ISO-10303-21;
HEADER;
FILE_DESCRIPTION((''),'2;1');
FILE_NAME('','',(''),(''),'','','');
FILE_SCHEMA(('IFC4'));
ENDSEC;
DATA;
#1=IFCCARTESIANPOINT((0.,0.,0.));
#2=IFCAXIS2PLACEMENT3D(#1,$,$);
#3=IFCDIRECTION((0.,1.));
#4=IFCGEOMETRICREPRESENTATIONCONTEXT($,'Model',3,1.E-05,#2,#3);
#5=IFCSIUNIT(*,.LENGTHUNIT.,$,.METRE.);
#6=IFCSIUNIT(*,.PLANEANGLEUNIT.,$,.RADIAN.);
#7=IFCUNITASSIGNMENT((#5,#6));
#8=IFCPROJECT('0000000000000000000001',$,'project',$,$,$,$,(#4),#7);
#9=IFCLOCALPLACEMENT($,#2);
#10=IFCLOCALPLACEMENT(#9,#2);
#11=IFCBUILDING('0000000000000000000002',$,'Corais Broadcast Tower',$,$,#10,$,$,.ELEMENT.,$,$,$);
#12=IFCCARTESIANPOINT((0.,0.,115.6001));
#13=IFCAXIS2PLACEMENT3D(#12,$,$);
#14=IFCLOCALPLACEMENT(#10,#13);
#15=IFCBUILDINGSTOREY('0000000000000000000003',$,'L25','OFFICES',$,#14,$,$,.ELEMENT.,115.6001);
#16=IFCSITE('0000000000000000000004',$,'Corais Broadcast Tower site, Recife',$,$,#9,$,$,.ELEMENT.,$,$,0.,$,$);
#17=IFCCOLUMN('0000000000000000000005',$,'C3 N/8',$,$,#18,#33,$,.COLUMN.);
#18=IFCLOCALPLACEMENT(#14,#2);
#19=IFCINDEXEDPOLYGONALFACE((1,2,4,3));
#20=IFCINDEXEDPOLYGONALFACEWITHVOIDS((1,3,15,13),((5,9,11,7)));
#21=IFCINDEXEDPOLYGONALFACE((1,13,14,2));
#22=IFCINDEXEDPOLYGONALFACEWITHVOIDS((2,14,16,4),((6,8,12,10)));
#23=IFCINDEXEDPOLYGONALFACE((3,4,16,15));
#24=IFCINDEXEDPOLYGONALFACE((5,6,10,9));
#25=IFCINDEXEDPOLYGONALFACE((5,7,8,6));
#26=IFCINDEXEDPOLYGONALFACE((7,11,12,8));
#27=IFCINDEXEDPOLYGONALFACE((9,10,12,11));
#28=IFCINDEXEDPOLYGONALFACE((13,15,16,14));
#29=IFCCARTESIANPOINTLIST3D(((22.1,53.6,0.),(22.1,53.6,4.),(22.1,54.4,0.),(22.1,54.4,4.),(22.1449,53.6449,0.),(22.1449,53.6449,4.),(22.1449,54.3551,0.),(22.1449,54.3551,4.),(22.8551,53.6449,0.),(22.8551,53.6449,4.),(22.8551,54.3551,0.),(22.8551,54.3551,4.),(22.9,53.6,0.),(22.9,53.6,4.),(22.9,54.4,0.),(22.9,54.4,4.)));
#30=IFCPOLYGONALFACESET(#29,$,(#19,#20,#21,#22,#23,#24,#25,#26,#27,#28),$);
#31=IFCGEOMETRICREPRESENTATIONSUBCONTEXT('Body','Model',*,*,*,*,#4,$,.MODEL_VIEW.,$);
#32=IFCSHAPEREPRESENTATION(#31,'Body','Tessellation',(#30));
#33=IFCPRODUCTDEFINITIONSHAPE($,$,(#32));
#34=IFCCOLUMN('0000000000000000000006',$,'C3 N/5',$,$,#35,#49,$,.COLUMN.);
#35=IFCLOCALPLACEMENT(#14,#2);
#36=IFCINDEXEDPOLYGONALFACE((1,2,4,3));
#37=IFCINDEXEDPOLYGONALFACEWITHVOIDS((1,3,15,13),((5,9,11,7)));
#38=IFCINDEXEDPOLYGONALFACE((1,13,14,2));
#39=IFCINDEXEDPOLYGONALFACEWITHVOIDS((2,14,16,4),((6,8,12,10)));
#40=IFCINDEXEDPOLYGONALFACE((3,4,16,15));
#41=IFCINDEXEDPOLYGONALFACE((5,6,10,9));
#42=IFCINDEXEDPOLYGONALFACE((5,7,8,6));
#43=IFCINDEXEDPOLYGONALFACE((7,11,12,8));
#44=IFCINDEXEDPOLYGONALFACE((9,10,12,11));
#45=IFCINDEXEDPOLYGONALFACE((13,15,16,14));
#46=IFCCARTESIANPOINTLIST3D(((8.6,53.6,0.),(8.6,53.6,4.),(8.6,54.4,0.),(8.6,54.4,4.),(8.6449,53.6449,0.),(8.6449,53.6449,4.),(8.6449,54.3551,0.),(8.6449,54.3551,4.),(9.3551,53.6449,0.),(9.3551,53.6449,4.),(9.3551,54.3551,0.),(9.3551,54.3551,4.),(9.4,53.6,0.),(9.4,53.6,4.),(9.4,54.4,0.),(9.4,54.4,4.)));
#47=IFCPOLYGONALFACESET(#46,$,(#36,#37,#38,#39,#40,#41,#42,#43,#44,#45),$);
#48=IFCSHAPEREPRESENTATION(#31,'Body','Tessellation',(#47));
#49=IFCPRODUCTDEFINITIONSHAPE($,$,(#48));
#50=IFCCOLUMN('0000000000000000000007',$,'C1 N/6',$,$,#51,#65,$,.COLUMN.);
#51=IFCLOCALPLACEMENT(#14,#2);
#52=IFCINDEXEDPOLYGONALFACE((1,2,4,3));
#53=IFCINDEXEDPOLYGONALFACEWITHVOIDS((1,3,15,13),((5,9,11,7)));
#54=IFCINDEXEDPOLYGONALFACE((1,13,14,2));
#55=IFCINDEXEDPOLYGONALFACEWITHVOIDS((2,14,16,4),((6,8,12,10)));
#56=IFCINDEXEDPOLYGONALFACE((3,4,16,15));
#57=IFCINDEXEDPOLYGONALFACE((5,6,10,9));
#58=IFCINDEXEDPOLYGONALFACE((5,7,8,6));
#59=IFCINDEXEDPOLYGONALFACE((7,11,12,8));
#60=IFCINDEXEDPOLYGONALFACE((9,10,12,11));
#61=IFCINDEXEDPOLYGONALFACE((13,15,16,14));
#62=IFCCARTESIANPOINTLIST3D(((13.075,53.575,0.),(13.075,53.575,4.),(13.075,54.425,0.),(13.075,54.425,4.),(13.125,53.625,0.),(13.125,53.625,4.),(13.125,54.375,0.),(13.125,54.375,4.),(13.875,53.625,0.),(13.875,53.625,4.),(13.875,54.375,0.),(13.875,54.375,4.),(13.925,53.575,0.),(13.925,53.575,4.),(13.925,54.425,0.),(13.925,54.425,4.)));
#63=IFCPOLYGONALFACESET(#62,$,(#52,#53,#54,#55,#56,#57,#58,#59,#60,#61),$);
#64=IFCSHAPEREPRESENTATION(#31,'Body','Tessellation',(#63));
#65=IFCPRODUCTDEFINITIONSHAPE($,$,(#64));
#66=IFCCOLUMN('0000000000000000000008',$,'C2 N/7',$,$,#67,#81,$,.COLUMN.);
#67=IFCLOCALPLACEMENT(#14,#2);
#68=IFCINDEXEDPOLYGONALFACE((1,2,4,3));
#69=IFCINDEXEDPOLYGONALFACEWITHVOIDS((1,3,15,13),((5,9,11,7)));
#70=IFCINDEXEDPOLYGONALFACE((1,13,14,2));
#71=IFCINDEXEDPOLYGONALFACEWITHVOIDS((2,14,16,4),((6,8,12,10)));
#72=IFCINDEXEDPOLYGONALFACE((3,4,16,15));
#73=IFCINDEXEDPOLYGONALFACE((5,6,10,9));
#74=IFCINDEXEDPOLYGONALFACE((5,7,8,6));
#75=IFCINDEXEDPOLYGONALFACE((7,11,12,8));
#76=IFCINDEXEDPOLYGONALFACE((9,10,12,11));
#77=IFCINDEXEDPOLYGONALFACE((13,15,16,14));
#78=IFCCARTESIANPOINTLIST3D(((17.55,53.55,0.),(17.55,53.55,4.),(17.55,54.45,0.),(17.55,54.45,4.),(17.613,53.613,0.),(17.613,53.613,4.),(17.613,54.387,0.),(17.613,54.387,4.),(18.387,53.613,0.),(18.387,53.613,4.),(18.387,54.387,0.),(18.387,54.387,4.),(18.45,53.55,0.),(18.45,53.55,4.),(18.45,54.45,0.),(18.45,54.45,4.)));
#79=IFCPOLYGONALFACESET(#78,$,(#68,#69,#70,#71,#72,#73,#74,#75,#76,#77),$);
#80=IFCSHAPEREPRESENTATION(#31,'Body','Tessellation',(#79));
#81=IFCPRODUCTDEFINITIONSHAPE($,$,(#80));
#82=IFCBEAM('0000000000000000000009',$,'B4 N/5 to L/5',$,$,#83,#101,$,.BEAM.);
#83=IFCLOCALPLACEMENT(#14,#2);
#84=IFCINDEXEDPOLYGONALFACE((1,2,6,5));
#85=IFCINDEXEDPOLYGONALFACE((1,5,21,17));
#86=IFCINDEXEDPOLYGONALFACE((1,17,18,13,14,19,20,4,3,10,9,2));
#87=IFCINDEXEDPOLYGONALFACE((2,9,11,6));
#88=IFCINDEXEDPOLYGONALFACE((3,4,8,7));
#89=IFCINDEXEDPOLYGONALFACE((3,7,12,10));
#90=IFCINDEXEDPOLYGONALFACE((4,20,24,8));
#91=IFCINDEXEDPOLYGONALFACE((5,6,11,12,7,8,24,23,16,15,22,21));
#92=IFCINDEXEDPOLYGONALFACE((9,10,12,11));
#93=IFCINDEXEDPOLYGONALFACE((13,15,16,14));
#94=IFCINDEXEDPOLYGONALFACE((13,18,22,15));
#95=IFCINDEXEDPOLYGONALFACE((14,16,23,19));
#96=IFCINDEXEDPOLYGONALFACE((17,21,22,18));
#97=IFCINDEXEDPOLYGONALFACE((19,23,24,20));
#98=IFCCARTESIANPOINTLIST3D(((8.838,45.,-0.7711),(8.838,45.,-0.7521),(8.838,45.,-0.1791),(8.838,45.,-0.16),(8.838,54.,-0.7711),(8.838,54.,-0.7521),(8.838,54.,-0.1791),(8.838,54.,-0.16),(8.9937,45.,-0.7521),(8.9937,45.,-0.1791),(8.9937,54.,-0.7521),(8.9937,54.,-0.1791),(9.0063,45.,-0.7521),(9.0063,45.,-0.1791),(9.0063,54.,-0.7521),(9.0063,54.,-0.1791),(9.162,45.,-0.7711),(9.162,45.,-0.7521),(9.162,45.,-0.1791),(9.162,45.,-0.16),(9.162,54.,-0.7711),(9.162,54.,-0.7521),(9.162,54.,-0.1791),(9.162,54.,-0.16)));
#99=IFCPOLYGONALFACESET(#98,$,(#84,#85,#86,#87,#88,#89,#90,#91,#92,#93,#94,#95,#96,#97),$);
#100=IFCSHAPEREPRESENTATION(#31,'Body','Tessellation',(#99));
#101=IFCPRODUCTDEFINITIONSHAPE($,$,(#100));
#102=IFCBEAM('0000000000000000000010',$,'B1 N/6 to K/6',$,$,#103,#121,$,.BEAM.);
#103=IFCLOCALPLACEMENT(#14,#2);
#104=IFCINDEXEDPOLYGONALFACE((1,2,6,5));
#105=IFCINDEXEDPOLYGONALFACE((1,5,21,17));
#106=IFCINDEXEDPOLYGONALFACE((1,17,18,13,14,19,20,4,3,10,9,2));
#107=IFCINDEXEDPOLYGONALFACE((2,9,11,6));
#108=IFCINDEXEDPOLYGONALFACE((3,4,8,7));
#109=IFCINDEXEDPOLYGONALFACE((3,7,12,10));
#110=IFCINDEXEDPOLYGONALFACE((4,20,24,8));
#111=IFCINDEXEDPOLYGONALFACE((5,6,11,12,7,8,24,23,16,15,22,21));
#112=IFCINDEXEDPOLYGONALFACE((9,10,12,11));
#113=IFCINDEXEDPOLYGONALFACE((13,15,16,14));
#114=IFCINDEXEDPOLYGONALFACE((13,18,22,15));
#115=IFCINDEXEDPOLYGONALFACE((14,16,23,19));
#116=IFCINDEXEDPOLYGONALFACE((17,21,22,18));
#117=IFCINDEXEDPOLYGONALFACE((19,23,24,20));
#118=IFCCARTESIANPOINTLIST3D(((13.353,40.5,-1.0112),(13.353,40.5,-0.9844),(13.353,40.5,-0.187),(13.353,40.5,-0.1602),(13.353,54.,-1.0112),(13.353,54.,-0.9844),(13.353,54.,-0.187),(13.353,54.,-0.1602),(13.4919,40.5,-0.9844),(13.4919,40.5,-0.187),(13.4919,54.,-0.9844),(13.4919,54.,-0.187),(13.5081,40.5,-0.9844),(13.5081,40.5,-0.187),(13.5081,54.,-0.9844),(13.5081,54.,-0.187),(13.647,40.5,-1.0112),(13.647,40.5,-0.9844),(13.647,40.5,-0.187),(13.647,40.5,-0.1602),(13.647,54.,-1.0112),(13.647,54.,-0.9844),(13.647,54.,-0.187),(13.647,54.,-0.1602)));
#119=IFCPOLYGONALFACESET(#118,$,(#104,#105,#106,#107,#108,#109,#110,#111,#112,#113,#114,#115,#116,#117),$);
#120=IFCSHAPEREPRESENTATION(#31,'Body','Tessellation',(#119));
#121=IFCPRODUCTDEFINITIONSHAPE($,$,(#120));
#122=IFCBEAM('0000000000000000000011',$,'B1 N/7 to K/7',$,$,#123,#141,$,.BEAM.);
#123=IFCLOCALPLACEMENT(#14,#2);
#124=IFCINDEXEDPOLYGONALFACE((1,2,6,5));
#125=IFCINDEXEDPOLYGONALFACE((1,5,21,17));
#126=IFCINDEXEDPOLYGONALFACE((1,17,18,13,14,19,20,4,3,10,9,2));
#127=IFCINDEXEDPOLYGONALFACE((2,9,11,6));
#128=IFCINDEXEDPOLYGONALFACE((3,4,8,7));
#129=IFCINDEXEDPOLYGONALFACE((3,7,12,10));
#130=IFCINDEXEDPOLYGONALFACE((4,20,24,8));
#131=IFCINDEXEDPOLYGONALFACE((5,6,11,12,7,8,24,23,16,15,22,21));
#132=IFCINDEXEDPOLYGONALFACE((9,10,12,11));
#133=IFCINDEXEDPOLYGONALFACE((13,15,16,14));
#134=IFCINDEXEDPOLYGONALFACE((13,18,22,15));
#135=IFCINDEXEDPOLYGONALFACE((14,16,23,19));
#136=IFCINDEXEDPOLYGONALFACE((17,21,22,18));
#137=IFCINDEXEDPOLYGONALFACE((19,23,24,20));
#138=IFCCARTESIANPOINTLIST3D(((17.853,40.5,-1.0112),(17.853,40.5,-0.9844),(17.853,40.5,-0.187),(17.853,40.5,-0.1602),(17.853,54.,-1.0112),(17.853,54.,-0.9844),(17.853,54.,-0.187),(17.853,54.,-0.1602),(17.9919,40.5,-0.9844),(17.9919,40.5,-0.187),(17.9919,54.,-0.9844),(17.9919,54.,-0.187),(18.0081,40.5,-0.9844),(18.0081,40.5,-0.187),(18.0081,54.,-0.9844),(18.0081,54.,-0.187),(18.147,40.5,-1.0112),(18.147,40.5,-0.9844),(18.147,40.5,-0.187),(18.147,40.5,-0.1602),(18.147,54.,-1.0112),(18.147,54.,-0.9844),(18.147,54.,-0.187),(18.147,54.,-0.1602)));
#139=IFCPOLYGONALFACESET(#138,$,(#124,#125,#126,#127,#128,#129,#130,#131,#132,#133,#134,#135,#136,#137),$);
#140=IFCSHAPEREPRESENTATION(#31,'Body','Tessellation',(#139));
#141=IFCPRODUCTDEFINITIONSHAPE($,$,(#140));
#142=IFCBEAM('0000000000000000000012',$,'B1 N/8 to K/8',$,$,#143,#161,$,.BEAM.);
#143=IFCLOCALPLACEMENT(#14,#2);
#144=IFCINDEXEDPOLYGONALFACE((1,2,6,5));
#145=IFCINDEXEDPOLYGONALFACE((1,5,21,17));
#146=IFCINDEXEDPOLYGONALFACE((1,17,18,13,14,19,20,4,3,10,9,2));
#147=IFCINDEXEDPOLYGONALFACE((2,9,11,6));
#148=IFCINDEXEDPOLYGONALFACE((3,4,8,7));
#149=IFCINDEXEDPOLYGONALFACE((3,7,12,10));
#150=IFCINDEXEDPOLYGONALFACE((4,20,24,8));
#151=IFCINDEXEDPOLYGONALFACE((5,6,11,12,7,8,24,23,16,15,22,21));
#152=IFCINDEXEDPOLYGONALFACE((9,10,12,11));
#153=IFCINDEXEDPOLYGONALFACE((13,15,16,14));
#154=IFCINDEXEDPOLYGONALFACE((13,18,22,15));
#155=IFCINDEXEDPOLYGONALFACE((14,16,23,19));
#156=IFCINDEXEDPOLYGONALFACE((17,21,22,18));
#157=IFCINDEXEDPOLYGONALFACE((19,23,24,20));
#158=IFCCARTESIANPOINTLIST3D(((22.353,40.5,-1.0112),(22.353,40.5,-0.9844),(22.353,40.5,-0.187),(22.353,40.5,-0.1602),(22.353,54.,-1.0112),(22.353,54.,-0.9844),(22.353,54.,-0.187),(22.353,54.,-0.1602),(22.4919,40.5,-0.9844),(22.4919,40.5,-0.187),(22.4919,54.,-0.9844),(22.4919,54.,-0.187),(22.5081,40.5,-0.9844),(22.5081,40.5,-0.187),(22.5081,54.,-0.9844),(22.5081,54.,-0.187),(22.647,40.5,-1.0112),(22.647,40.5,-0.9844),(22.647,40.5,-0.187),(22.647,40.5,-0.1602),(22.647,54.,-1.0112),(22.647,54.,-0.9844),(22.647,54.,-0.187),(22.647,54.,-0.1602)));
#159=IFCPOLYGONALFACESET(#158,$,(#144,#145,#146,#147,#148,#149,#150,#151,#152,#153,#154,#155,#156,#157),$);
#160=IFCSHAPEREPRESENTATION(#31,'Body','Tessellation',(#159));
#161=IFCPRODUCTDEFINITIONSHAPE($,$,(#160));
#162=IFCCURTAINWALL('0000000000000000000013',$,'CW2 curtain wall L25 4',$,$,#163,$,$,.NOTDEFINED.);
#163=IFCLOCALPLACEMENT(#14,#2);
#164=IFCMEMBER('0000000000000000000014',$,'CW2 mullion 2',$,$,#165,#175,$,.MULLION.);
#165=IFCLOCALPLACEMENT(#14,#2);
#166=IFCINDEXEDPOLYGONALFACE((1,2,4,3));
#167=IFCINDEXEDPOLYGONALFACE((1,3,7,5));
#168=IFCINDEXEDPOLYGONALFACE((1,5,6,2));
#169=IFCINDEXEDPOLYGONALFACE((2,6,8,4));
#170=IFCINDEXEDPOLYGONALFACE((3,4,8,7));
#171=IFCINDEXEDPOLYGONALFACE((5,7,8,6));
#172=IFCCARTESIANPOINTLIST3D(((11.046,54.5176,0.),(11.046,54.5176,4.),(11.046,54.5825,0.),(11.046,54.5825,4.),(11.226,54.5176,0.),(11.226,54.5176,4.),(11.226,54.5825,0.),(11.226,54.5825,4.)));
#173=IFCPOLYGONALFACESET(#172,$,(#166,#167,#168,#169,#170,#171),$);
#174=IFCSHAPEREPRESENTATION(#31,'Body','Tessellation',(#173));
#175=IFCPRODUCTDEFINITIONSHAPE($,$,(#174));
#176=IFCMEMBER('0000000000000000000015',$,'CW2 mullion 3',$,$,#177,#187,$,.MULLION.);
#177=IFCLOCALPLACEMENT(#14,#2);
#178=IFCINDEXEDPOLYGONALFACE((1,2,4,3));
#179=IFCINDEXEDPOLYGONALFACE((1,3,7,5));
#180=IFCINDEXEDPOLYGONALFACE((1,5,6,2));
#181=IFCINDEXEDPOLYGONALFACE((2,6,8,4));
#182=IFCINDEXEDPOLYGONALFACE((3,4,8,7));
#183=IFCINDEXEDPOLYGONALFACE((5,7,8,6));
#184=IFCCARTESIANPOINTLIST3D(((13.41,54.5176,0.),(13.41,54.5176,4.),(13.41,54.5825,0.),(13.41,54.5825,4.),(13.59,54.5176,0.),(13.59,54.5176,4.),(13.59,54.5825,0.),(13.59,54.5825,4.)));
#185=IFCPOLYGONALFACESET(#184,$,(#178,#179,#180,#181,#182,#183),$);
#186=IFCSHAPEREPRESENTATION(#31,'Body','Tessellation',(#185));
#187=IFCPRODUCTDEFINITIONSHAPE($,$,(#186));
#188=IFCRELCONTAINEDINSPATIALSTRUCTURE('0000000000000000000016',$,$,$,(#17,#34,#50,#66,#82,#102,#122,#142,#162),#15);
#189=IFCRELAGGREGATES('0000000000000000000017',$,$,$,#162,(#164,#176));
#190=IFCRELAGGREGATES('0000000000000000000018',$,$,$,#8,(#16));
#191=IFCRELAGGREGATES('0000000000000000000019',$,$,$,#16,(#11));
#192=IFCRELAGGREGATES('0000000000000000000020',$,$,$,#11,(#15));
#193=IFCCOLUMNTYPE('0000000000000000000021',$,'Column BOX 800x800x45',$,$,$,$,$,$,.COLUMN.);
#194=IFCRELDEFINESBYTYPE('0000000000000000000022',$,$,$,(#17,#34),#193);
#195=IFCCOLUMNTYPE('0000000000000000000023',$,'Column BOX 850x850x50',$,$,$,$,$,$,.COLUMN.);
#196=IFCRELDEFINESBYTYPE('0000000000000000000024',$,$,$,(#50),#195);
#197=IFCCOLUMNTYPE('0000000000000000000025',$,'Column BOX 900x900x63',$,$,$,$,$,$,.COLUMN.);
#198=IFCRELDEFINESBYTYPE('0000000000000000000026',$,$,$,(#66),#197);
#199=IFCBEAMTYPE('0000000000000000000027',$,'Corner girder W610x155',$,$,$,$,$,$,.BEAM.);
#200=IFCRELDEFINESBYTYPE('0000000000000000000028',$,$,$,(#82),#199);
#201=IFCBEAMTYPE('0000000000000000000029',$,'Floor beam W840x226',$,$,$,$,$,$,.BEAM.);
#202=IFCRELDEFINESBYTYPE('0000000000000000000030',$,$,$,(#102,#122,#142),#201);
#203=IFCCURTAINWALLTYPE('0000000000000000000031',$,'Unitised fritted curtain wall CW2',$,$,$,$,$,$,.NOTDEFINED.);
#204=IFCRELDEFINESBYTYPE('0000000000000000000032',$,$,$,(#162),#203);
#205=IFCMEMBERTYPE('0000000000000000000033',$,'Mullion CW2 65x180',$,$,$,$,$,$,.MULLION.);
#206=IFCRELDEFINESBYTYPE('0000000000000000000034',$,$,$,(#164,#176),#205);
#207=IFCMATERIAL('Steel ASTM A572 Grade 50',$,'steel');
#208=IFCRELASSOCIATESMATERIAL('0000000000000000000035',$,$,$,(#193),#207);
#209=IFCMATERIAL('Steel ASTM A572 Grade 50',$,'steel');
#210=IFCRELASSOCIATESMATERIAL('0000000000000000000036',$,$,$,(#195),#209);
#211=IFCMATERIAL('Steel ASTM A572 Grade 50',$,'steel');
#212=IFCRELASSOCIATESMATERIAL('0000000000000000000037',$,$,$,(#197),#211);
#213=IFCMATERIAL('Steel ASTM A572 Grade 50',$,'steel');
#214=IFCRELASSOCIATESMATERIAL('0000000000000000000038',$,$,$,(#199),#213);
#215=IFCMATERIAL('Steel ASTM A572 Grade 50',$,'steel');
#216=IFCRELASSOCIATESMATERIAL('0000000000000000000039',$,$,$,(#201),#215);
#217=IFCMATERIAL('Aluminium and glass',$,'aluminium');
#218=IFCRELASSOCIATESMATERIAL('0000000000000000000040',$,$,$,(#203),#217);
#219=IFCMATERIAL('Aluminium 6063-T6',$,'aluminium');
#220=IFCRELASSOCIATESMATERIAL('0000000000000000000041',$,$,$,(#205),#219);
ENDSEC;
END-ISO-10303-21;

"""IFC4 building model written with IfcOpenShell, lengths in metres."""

from ifc_helpers import new_model, si_unit, direction, frame, origin, origin_2d, place, context, subcontext, project, spatial, rectangle, hollow_rectangle, i_section, extrude, material, material_profile, profile_set, type_object, element, aggregate, save


model = new_model("IFC4")

# Units and contexts
model_context = context("Model", 3, precision=1e-05, world=origin(), true_north=direction((0.0, 1.0)))
body_context = subcontext(model_context, "Body", "Model", "MODEL_VIEW")
ifc_project = project(units=[si_unit("LENGTHUNIT", "METRE"), si_unit("PLANEANGLEUNIT", "RADIAN")], contexts=[model_context])

# Site, building, storey
site_placement = place(None, origin())
site = spatial("IfcSite", under=ifc_project, at=site_placement, Name="Corais Broadcast Tower site, Recife", CompositionType="ELEMENT", RefElevation=0.0)
building_placement = place(site_placement, origin())
building = spatial("IfcBuilding", under=site, at=building_placement, Name="Corais Broadcast Tower", CompositionType="ELEMENT")
storey_placement = place(building_placement, frame((0.0, 0.0, 115.6001)))
storey = spatial("IfcBuildingStorey", under=building, at=storey_placement, Name="L25", Description="OFFICES", CompositionType="ELEMENT", Elevation=115.6001)

# Columns
ifc_material_1 = material(Name="Steel ASTM A572 Grade 50", Category="steel")
ifc_material_profile_1 = material_profile(ifc_material_1, hollow_rectangle(XDim=0.8, YDim=0.8, WallThickness=0.0449, at=origin_2d()), Name="BOX 800x800x45")
ifc_profile_set_1 = profile_set([ifc_material_profile_1], Name="Steel ASTM A572 Grade 50")
column_type_1 = type_object("IfcColumnType", Name="Column BOX 800x800x45", PredefinedType="COLUMN", material=ifc_profile_set_1)
for number, where, z_axis, x_axis, name in (
    (1, (22.5, 54.0, 0.0), (0.0, 0.0, 1.0), (1.0, 0.0, 0.0), "C3 N/8"),
    (2, (9.0, 54.0, 0.0), (0.0, 0.0, 1.0), (1.0, 0.0, 0.0), "C3 N/5"),
):
    element("IfcColumn", number, at=place(storey_placement, frame(where, z_axis=z_axis, x_axis=x_axis)), inside=storey, type_object=column_type_1, Name=name, PredefinedType="COLUMN", context=body_context, shape_type="SweptSolid", body=[
        extrude(hollow_rectangle(XDim=0.8, YDim=0.8, WallThickness=0.0449, at=origin_2d()), origin(), (0.0, 0.0, 1.0), 4.0),
    ])
ifc_material_2 = material(Name="Steel ASTM A572 Grade 50", Category="steel")
ifc_material_profile_2 = material_profile(ifc_material_2, hollow_rectangle(XDim=0.8501, YDim=0.8501, WallThickness=0.05, at=origin_2d()), Name="BOX 850x850x50")
ifc_profile_set_2 = profile_set([ifc_material_profile_2], Name="Steel ASTM A572 Grade 50")
column_type_2 = type_object("IfcColumnType", Name="Column BOX 850x850x50", PredefinedType="COLUMN", material=ifc_profile_set_2)
column_1_placement = place(storey_placement, frame((13.5, 54.0, 0.0), z_axis=(0.0, 0.0, 1.0), x_axis=(1.0, 0.0, 0.0)))
element("IfcColumn", 3, at=column_1_placement, inside=storey, type_object=column_type_2, Name="C1 N/6", PredefinedType="COLUMN", context=body_context, shape_type="SweptSolid", body=[
    extrude(hollow_rectangle(XDim=0.8501, YDim=0.8501, WallThickness=0.05, at=origin_2d()), origin(), (0.0, 0.0, 1.0), 4.0),
])
ifc_material_3 = material(Name="Steel ASTM A572 Grade 50", Category="steel")
ifc_material_profile_3 = material_profile(ifc_material_3, hollow_rectangle(XDim=0.8999, YDim=0.8999, WallThickness=0.063, at=origin_2d()), Name="BOX 900x900x63")
ifc_profile_set_3 = profile_set([ifc_material_profile_3], Name="Steel ASTM A572 Grade 50")
column_type_3 = type_object("IfcColumnType", Name="Column BOX 900x900x63", PredefinedType="COLUMN", material=ifc_profile_set_3)
column_2_placement = place(storey_placement, frame((18.0, 54.0, 0.0), z_axis=(0.0, 0.0, 1.0), x_axis=(1.0, 0.0, 0.0)))
element("IfcColumn", 4, at=column_2_placement, inside=storey, type_object=column_type_3, Name="C2 N/7", PredefinedType="COLUMN", context=body_context, shape_type="SweptSolid", body=[
    extrude(hollow_rectangle(XDim=0.8999, YDim=0.8999, WallThickness=0.063, at=origin_2d()), origin(), (0.0, 0.0, 1.0), 4.0),
])

# Beams
ifc_material_4 = material(Name="Steel ASTM A572 Grade 50", Category="steel")
ifc_material_profile_4 = material_profile(ifc_material_4, i_section(OverallWidth=0.324, OverallDepth=0.6111, WebThickness=0.0127, FlangeThickness=0.019, at=origin_2d()), Name="W610x155")
ifc_profile_set_4 = profile_set([ifc_material_profile_4], Name="Steel ASTM A572 Grade 50")
beam_type_1 = type_object("IfcBeamType", Name="Corner girder W610x155", PredefinedType="BEAM", material=ifc_profile_set_4)
beam_1_placement = place(storey_placement, frame((9.0, 54.0, -0.4656), z_axis=(0.0, -1.0, 0.0), x_axis=(1.0, 0.0, 0.0)))
element("IfcBeam", 5, at=beam_1_placement, inside=storey, type_object=beam_type_1, Name="B4 N/5 to L/5", PredefinedType="BEAM", context=body_context, shape_type="SweptSolid", body=[
    extrude(i_section(OverallWidth=0.324, OverallDepth=0.6111, WebThickness=0.0127, FlangeThickness=0.019, at=origin_2d()), origin(), (0.0, 0.0, 1.0), 9.0),
])
ifc_material_5 = material(Name="Steel ASTM A572 Grade 50", Category="steel")
ifc_material_profile_5 = material_profile(ifc_material_5, i_section(OverallWidth=0.2939, OverallDepth=0.8511, WebThickness=0.0161, FlangeThickness=0.0269, at=origin_2d()), Name="W840x226")
ifc_profile_set_5 = profile_set([ifc_material_profile_5], Name="Steel ASTM A572 Grade 50")
beam_type_2 = type_object("IfcBeamType", Name="Floor beam W840x226", PredefinedType="BEAM", material=ifc_profile_set_5)
for number, where, z_axis, x_axis, name in (
    (6, (13.5, 54.0, -0.5857), (0.0, -1.0, 0.0), (1.0, 0.0, 0.0), "B1 N/6 to K/6"),
    (7, (18.0, 54.0, -0.5857), (0.0, -1.0, 0.0), (1.0, 0.0, 0.0), "B1 N/7 to K/7"),
    (8, (22.5, 54.0, -0.5857), (0.0, -1.0, 0.0), (1.0, 0.0, 0.0), "B1 N/8 to K/8"),
):
    element("IfcBeam", number, at=place(storey_placement, frame(where, z_axis=z_axis, x_axis=x_axis)), inside=storey, type_object=beam_type_2, Name=name, PredefinedType="BEAM", context=body_context, shape_type="SweptSolid", body=[
        extrude(i_section(OverallWidth=0.2939, OverallDepth=0.8511, WebThickness=0.0161, FlangeThickness=0.0269, at=origin_2d()), origin(), (0.0, 0.0, 1.0), 13.5),
    ])

# Curtain wall, members
ifc_material_6 = material(Name="Aluminium and glass", Category="aluminium")
curtain_wall_type = type_object("IfcCurtainWallType", Name="Unitised fritted curtain wall CW2", PredefinedType="NOTDEFINED", material=ifc_material_6)
curtain_wall_placement = place(storey_placement, origin())
curtain_wall = element("IfcCurtainWall", 9, at=curtain_wall_placement, inside=storey, type_object=curtain_wall_type, Name="CW2 curtain wall L25 4", PredefinedType="NOTDEFINED")
ifc_material_7 = material(Name="Aluminium 6063-T6", Category="aluminium")
ifc_material_profile_6 = material_profile(ifc_material_7, rectangle(XDim=0.0649, YDim=0.1799, at=origin_2d()), Name="Mullion CW2 65x180")
ifc_profile_set_6 = profile_set([ifc_material_profile_6], Name="Aluminium 6063-T6")
member_type_1 = type_object("IfcMemberType", Name="Mullion CW2 65x180", PredefinedType="MULLION", material=ifc_profile_set_6)
member_1_placement = place(storey_placement, frame((11.136, 54.55, 0.0), z_axis=(0.0, 0.0, 1.0), x_axis=(0.0, 1.0, 0.0)))
member_1 = element("IfcMember", 10, at=member_1_placement, type_object=member_type_1, Name="CW2 mullion 2", PredefinedType="MULLION", context=body_context, shape_type="SweptSolid", body=[
    extrude(rectangle(XDim=0.0649, YDim=0.1799, at=origin_2d()), origin(), (0.0, 0.0, 1.0), 4.0),
])
member_2_placement = place(storey_placement, frame((13.5, 54.55, 0.0), z_axis=(0.0, 0.0, 1.0), x_axis=(0.0, 1.0, 0.0)))
member_2 = element("IfcMember", 11, at=member_2_placement, type_object=member_type_1, Name="CW2 mullion 3", PredefinedType="MULLION", context=body_context, shape_type="SweptSolid", body=[
    extrude(rectangle(XDim=0.0649, YDim=0.1799, at=origin_2d()), origin(), (0.0, 0.0, 1.0), 4.0),
])

aggregate(curtain_wall, [member_1, member_2])

save(model, "model.ifc")
